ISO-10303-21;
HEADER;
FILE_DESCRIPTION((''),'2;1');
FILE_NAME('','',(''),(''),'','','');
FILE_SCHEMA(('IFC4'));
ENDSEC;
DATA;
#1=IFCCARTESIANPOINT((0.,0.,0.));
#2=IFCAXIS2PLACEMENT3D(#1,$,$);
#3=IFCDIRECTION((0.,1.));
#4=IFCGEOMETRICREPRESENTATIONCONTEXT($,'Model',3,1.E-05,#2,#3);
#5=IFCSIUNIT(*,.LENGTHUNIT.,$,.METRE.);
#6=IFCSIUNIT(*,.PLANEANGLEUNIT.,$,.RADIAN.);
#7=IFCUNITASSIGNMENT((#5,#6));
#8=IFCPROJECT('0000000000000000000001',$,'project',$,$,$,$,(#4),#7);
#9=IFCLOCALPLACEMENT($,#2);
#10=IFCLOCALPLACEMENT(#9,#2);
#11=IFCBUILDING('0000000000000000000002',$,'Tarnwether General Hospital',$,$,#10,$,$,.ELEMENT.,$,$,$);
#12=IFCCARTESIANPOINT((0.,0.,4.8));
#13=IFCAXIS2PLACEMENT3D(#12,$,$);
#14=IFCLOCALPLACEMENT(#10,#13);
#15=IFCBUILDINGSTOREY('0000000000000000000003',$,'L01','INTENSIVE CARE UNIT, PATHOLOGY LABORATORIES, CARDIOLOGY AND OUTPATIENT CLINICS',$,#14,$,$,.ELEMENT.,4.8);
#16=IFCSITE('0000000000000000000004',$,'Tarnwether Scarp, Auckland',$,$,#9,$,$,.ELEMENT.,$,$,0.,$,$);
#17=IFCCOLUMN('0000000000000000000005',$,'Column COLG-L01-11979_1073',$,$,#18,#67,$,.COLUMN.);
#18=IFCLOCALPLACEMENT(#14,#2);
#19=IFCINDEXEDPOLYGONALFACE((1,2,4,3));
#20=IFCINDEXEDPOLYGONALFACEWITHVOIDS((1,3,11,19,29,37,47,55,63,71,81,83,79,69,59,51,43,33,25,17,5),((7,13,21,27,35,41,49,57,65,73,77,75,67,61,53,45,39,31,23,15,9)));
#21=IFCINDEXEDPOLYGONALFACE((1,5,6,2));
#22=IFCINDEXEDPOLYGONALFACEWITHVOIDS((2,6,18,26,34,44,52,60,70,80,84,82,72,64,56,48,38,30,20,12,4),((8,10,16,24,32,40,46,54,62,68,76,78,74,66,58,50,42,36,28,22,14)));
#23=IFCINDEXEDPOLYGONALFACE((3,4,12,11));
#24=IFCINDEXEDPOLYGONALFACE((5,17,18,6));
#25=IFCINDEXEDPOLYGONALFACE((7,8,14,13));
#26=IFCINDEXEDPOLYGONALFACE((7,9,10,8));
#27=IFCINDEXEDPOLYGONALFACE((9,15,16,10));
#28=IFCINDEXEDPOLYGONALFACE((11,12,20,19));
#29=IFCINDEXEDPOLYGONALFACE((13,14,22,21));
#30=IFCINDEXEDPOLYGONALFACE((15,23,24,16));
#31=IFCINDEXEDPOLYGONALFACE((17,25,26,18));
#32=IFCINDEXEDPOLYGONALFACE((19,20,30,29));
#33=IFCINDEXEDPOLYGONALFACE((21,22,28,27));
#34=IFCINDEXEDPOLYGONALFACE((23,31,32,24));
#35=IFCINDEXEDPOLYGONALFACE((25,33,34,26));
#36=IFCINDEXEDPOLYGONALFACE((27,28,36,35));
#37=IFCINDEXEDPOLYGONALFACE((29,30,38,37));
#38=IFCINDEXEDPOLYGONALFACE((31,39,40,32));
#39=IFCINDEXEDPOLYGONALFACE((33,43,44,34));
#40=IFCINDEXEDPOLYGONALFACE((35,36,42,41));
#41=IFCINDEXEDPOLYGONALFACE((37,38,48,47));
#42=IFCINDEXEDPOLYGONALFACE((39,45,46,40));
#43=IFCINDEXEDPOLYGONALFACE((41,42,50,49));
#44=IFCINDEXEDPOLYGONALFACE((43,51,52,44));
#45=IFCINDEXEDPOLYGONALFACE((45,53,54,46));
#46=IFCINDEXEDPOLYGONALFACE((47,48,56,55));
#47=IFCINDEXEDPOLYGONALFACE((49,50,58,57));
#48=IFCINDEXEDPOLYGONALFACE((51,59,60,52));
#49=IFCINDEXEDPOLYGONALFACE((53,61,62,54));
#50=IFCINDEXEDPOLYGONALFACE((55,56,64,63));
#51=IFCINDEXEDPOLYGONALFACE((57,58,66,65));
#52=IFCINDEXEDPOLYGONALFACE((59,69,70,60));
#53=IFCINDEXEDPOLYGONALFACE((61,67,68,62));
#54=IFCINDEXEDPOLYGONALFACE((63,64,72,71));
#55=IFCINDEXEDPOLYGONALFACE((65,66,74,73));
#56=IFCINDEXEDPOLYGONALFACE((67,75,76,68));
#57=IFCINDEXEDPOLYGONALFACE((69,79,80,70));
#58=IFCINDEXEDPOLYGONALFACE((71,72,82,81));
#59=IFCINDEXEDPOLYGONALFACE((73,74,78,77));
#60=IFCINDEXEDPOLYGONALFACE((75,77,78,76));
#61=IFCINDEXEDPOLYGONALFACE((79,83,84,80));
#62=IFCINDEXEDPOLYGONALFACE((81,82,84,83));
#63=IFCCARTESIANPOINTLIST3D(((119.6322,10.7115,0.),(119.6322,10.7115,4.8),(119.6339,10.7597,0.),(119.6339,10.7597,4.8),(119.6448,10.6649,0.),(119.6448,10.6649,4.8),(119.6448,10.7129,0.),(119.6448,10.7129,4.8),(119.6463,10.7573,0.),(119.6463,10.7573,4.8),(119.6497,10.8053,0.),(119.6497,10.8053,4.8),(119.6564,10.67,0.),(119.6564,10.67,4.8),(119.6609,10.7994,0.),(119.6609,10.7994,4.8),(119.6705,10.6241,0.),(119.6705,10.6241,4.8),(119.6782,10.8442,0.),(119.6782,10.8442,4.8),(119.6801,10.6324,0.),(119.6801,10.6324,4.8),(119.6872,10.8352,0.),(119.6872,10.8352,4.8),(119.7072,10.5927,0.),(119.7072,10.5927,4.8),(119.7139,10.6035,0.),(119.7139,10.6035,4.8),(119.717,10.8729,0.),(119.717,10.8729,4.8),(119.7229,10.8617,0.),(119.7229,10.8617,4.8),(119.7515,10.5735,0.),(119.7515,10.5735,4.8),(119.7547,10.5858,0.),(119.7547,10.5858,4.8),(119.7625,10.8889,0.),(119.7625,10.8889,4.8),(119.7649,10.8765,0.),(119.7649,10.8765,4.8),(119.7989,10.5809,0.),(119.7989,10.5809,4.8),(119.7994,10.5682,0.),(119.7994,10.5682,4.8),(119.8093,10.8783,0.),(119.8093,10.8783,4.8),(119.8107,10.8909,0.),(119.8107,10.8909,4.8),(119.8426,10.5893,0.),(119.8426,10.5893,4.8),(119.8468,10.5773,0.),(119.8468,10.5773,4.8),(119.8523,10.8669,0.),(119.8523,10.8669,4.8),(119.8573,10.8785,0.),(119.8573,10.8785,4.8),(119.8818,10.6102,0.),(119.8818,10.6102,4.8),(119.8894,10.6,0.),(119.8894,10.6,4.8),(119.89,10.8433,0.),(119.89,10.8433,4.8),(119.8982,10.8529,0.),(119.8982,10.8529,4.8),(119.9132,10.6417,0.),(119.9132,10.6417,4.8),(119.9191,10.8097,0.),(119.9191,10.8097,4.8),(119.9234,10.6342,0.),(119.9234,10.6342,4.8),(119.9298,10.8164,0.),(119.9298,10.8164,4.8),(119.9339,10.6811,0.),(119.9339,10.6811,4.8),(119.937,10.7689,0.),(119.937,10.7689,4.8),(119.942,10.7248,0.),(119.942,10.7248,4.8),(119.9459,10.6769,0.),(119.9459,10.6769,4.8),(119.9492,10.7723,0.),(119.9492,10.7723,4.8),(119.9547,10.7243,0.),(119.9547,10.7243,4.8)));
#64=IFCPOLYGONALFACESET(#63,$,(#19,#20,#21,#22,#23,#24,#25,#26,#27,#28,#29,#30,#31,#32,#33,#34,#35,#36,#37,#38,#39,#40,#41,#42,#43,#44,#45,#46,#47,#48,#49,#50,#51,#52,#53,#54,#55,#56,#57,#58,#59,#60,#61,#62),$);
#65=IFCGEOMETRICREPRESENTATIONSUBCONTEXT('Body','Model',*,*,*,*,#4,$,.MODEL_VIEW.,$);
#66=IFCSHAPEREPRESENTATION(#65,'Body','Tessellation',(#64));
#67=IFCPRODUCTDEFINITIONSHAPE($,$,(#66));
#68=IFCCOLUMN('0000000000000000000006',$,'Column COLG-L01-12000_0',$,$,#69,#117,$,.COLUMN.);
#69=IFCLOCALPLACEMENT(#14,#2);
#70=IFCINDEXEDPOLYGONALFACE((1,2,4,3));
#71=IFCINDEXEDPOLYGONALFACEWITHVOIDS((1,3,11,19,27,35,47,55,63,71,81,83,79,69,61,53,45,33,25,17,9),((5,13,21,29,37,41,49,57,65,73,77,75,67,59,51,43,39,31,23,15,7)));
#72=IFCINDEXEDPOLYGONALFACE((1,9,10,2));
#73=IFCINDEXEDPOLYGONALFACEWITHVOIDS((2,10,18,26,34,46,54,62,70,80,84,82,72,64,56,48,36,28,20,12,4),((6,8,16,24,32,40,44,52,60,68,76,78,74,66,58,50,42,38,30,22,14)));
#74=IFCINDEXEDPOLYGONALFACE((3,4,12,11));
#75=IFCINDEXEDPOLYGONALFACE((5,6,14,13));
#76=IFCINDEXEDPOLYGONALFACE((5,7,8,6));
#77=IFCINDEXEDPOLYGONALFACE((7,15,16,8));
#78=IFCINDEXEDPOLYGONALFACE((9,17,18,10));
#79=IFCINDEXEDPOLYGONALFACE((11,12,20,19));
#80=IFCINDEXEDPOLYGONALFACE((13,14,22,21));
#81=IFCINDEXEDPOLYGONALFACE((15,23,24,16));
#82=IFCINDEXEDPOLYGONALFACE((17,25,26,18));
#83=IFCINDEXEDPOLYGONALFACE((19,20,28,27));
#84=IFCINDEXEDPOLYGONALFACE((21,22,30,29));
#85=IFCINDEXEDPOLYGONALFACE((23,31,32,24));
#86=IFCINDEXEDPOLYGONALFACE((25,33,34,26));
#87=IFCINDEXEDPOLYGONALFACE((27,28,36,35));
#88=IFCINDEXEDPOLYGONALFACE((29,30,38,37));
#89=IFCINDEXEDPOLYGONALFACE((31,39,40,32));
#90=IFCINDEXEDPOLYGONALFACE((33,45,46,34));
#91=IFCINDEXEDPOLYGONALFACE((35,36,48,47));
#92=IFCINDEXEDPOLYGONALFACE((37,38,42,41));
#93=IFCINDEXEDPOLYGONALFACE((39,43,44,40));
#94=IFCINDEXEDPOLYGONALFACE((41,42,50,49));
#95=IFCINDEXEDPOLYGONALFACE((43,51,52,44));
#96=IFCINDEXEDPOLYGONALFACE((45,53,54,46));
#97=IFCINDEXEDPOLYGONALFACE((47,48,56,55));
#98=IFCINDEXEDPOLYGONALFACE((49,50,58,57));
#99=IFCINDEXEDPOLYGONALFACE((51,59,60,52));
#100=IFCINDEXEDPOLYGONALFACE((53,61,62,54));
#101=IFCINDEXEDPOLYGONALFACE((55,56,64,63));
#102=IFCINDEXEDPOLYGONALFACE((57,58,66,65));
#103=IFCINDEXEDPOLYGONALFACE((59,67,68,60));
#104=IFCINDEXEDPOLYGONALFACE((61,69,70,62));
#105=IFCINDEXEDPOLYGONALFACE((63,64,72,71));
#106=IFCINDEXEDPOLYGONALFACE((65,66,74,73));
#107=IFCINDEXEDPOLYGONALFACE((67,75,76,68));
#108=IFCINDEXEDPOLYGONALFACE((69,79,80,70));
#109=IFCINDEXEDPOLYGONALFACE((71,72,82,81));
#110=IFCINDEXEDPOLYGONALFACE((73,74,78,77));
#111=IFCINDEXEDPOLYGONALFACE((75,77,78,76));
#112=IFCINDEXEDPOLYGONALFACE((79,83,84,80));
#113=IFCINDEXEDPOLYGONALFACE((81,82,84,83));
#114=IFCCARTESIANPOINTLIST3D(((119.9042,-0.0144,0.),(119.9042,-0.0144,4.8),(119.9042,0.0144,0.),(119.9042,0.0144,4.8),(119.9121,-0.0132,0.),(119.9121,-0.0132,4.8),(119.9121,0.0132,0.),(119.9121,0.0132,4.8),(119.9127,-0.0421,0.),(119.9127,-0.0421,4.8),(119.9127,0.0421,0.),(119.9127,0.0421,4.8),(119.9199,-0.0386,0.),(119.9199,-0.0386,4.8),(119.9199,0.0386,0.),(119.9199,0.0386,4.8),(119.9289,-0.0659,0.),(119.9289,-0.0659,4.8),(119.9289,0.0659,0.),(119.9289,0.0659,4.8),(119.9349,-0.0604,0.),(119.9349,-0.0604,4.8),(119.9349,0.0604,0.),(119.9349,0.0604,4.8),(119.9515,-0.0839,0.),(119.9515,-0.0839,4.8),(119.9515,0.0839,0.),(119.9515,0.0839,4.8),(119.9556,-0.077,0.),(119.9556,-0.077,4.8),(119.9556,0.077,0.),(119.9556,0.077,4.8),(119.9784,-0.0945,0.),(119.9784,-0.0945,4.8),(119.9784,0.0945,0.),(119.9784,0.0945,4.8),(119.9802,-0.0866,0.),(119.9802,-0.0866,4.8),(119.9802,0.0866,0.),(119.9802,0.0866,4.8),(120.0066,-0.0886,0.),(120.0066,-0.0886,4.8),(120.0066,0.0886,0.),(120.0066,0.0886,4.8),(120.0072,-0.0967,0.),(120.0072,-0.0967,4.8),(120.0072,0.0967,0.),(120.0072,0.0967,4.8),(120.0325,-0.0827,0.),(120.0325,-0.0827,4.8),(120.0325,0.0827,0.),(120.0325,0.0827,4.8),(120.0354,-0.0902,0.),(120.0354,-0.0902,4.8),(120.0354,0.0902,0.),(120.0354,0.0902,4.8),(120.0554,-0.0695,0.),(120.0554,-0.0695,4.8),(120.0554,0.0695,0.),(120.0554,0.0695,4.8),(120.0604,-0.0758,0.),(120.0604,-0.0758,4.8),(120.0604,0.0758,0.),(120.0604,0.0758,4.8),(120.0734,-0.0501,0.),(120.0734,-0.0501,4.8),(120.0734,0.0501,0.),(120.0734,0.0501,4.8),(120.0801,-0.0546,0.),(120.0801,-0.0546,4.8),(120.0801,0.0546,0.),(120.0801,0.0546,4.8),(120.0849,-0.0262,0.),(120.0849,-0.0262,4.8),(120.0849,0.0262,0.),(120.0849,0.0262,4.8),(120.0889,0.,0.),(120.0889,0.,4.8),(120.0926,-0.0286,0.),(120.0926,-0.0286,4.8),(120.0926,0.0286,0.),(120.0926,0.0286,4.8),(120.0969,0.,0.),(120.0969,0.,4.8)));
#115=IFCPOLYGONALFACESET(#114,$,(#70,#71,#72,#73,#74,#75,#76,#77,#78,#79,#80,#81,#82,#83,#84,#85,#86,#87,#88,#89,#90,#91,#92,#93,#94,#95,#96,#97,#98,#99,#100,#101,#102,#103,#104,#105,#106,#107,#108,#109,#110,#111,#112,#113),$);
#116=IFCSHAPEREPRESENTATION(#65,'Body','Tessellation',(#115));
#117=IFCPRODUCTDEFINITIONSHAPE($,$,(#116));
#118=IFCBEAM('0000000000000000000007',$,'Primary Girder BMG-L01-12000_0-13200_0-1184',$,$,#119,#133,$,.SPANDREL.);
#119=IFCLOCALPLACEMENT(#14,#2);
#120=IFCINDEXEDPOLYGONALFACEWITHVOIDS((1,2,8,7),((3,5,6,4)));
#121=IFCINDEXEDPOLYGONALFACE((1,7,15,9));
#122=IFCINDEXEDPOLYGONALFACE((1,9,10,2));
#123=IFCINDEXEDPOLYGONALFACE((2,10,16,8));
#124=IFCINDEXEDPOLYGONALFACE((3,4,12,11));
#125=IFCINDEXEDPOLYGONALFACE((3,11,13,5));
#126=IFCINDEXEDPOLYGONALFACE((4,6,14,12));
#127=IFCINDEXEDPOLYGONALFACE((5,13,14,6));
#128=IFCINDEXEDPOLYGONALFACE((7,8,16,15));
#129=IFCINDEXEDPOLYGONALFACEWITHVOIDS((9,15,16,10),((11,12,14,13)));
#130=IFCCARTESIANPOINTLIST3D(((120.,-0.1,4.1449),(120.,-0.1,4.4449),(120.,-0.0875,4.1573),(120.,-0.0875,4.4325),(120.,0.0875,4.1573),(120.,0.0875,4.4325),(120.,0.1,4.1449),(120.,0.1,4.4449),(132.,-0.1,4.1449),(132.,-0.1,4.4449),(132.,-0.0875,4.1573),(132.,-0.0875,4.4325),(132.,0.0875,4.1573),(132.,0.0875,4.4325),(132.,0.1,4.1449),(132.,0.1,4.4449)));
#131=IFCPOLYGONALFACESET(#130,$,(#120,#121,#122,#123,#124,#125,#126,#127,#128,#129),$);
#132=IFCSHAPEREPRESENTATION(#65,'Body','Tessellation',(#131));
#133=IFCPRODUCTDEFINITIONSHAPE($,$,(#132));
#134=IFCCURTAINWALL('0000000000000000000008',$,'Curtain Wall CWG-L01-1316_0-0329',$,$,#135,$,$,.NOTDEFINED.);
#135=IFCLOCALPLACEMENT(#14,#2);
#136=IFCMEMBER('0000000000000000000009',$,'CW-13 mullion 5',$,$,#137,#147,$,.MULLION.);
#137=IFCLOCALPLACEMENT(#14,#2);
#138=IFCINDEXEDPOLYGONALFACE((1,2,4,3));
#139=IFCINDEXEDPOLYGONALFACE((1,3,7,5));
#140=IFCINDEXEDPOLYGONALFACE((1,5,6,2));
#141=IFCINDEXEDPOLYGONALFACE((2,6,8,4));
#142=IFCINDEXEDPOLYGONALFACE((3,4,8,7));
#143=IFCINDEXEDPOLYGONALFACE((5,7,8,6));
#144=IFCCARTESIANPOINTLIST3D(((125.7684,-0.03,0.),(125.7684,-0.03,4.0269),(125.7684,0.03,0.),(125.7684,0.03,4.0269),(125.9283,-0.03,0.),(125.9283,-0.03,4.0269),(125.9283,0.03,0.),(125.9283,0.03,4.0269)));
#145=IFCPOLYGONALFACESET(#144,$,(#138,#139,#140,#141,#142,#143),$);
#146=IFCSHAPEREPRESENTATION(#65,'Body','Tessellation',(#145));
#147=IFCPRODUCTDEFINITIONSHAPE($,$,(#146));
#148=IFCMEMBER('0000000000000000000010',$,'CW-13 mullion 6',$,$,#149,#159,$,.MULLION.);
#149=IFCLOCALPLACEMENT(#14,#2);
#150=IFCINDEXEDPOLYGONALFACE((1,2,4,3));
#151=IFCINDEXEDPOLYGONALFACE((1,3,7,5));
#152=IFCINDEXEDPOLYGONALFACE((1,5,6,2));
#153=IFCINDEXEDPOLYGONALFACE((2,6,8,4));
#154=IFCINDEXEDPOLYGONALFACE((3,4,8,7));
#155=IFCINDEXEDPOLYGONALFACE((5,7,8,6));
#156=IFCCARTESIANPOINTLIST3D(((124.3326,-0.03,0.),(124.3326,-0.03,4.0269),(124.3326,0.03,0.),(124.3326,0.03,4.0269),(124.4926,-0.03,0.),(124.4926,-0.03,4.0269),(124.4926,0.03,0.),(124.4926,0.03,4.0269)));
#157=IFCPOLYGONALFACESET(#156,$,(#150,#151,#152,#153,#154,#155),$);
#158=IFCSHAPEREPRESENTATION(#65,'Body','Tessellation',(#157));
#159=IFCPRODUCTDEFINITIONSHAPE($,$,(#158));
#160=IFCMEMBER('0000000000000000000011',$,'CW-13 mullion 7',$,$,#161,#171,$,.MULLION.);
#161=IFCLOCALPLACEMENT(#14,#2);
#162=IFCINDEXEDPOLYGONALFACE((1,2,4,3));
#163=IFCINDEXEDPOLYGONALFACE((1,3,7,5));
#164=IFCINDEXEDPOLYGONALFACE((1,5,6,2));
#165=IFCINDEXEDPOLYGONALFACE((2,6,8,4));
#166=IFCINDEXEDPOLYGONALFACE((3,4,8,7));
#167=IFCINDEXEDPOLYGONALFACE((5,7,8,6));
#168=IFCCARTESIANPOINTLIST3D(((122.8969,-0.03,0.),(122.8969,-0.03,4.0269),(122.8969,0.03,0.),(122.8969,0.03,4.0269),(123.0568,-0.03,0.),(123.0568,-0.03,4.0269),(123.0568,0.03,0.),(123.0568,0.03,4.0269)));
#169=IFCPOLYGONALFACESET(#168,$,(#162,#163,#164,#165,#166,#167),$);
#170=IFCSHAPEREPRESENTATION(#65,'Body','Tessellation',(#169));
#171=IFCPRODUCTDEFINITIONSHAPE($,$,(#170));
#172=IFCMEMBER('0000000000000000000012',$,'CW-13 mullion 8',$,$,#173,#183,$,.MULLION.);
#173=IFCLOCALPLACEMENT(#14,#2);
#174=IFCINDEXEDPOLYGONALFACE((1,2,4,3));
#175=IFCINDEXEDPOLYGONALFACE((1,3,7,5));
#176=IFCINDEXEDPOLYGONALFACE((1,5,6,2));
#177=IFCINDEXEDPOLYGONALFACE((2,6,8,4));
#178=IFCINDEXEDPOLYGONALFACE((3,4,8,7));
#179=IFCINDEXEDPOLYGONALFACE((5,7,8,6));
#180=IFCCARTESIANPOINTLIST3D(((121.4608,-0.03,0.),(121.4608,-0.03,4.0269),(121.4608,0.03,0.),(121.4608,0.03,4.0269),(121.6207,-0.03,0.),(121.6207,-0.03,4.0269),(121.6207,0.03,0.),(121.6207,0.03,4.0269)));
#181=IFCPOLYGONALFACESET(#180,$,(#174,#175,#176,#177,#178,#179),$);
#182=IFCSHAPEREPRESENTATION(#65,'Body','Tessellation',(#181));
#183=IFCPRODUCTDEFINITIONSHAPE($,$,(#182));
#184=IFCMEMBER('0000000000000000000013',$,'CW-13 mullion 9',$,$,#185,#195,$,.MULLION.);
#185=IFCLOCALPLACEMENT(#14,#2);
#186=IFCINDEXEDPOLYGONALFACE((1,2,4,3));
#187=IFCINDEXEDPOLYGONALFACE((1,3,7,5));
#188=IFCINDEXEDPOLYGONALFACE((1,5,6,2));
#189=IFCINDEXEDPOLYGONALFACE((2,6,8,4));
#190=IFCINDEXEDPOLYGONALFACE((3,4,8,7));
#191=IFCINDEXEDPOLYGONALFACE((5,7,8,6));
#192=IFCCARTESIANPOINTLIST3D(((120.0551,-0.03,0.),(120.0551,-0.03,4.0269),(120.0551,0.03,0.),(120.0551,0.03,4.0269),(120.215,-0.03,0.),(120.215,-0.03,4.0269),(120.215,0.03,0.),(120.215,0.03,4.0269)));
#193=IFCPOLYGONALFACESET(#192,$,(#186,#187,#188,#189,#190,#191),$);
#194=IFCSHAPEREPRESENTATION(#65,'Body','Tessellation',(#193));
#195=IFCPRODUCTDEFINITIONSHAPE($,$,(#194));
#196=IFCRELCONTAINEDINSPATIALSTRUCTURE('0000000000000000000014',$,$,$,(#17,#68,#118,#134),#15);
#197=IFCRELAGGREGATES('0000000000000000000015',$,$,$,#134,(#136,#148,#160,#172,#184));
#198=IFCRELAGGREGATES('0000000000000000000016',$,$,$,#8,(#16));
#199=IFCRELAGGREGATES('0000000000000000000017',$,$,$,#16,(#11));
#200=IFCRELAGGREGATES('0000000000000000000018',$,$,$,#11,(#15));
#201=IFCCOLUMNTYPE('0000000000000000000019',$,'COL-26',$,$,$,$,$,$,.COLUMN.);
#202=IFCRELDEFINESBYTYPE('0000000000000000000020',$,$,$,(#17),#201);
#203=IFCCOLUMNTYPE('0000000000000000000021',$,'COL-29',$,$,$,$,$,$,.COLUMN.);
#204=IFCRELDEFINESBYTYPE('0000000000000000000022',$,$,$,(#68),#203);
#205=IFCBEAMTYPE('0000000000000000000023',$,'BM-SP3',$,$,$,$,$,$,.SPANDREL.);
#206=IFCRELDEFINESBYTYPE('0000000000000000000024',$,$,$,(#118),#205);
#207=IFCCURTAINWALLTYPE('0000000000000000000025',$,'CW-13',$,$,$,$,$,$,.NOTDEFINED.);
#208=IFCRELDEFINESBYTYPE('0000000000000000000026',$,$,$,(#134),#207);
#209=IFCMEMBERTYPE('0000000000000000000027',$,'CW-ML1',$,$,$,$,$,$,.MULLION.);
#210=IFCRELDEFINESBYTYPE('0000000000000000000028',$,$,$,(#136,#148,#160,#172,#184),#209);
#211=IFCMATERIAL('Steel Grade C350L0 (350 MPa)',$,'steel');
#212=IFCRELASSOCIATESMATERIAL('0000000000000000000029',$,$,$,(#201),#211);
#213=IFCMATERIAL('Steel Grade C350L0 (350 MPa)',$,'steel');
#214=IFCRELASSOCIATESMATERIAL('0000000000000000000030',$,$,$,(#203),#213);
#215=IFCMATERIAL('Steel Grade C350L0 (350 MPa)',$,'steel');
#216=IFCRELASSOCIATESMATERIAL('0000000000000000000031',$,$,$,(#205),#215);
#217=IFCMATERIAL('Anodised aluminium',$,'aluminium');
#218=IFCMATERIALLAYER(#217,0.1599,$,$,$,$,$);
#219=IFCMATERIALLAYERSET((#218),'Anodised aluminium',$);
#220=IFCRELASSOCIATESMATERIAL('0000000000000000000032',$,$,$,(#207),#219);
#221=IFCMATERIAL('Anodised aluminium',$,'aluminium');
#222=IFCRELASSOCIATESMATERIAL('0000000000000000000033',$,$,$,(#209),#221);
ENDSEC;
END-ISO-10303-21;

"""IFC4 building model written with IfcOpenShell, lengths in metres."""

from ifc_helpers import new_model, si_unit, direction, frame, origin, origin_2d, place, context, subcontext, project, spatial, rectangle, hollow_rectangle, hollow_circle, extrude, material, layer, layer_set, material_profile, profile_set, type_object, element, aggregate, save


model = new_model("IFC4")

# Units and contexts
model_context = context("Model", 3, precision=1e-05, world=origin(), true_north=direction((0.0, 1.0)))
body_context = subcontext(model_context, "Body", "Model", "MODEL_VIEW")
ifc_project = project(units=[si_unit("LENGTHUNIT", "METRE"), si_unit("PLANEANGLEUNIT", "RADIAN")], contexts=[model_context])

# Site, building, storey
site_placement = place(None, origin())
site = spatial("IfcSite", under=ifc_project, at=site_placement, Name="Tarnwether Scarp, Auckland", CompositionType="ELEMENT", RefElevation=0.0)
building_placement = place(site_placement, origin())
building = spatial("IfcBuilding", under=site, at=building_placement, Name="Tarnwether General Hospital", CompositionType="ELEMENT")
storey_placement = place(building_placement, frame((0.0, 0.0, 4.8)))
storey = spatial("IfcBuildingStorey", under=building, at=storey_placement, Name="L01", Description="INTENSIVE CARE UNIT, PATHOLOGY LABORATORIES, CARDIOLOGY AND OUTPATIENT CLINICS", CompositionType="ELEMENT", Elevation=4.8)

# Columns
ifc_material_1 = material(Name="Steel Grade C350L0 (350 MPa)", Category="steel")
ifc_material_profile_1 = material_profile(ifc_material_1, hollow_circle(Radius=0.1619, WallThickness=0.0127, at=origin_2d()), Name="CHS323.9x12.7")
ifc_profile_set_1 = profile_set([ifc_material_profile_1], Name="Steel Grade C350L0 (350 MPa)")
column_type_1 = type_object("IfcColumnType", Name="COL-26", PredefinedType="COLUMN", material=ifc_profile_set_1)
column_1_placement = place(storey_placement, frame((119.793, 10.73, 0.0), z_axis=(0.0, 0.0, 1.0), x_axis=(-0.469472, 0.882948, 0.0)))
element("IfcColumn", 1, at=column_1_placement, inside=storey, type_object=column_type_1, Name="Column COLG-L01-11979_1073", PredefinedType="COLUMN", context=body_context, shape_type="SweptSolid", body=[
    extrude(hollow_circle(Radius=0.1619, WallThickness=0.0127, at=origin_2d()), origin(), (0.0, 0.0, 1.0), 4.8),
])
ifc_material_2 = material(Name="Steel Grade C350L0 (350 MPa)", Category="steel")
ifc_material_profile_2 = material_profile(ifc_material_2, hollow_circle(Radius=0.0969, WallThickness=0.0081, at=origin_2d()), Name="CHS193.7x8.0")
ifc_profile_set_2 = profile_set([ifc_material_profile_2], Name="Steel Grade C350L0 (350 MPa)")
column_type_2 = type_object("IfcColumnType", Name="COL-29", PredefinedType="COLUMN", material=ifc_profile_set_2)
column_2_placement = place(storey_placement, frame((120.0, 0.0, 0.0), z_axis=(0.0, 0.0, 1.0), x_axis=(1.0, 0.0, 0.0)))
element("IfcColumn", 2, at=column_2_placement, inside=storey, type_object=column_type_2, Name="Column COLG-L01-12000_0", PredefinedType="COLUMN", context=body_context, shape_type="SweptSolid", body=[
    extrude(hollow_circle(Radius=0.0969, WallThickness=0.0081, at=origin_2d()), origin(), (0.0, 0.0, 1.0), 4.8),
])

# Beam
ifc_material_3 = material(Name="Steel Grade C350L0 (350 MPa)", Category="steel")
ifc_material_profile_3 = material_profile(ifc_material_3, hollow_rectangle(XDim=0.2, YDim=0.3, WallThickness=0.0125, at=origin_2d()), Name="RHS300x200x12.5")
ifc_profile_set_3 = profile_set([ifc_material_profile_3], Name="Steel Grade C350L0 (350 MPa)")
beam_type = type_object("IfcBeamType", Name="BM-SP3", PredefinedType="SPANDREL", material=ifc_profile_set_3)
beam_placement = place(storey_placement, frame((120.0, 0.0, 4.2949), z_axis=(1.0, 0.0, 0.0), x_axis=(0.0, 1.0, 0.0)))
element("IfcBeam", 3, at=beam_placement, inside=storey, type_object=beam_type, Name="Primary Girder BMG-L01-12000_0-13200_0-1184", PredefinedType="SPANDREL", context=body_context, shape_type="SweptSolid", body=[
    extrude(hollow_rectangle(XDim=0.2, YDim=0.3, WallThickness=0.0125, at=origin_2d()), origin(), (0.0, 0.0, 1.0), 12.0),
])

# Curtain wall, members
ifc_material_4 = material(Name="Anodised aluminium", Category="aluminium")
ifc_layer_1 = layer(ifc_material_4, 0.1599)
ifc_layer_set_1 = layer_set([ifc_layer_1], Name="Anodised aluminium")
curtain_wall_type = type_object("IfcCurtainWallType", Name="CW-13", PredefinedType="NOTDEFINED", material=ifc_layer_set_1)
curtain_wall_1_placement = place(storey_placement, origin())
curtain_wall_1 = element("IfcCurtainWall", 4, at=curtain_wall_1_placement, inside=storey, type_object=curtain_wall_type, Name="Curtain Wall CWG-L01-1316_0-0329", PredefinedType="NOTDEFINED")
ifc_material_5 = material(Name="Anodised aluminium", Category="aluminium")
ifc_material_profile_4 = material_profile(ifc_material_5, rectangle(XDim=0.0601, YDim=0.1599, at=origin_2d()), Name="ALU-MUL-60x160")
ifc_profile_set_4 = profile_set([ifc_material_profile_4], Name="Anodised aluminium")
member_type_1 = type_object("IfcMemberType", Name="CW-ML1", PredefinedType="MULLION", material=ifc_profile_set_4)
member_1_placement = place(storey_placement, frame((125.8484, 0.0, 0.0), z_axis=(0.0, 0.0, 1.0), x_axis=(0.0, -1.0, 0.0)))
member_1 = element("IfcMember", 5, at=member_1_placement, type_object=member_type_1, Name="CW-13 mullion 5", PredefinedType="MULLION", context=body_context, shape_type="SweptSolid", body=[
    extrude(rectangle(XDim=0.0601, YDim=0.1599, at=origin_2d()), origin(), (0.0, 0.0, 1.0), 4.0269),
])
member_2_placement = place(storey_placement, frame((124.4126, 0.0, 0.0), z_axis=(0.0, 0.0, 1.0), x_axis=(0.0, -1.0, 0.0)))
member_2 = element("IfcMember", 6, at=member_2_placement, type_object=member_type_1, Name="CW-13 mullion 6", PredefinedType="MULLION", context=body_context, shape_type="SweptSolid", body=[
    extrude(rectangle(XDim=0.0601, YDim=0.1599, at=origin_2d()), origin(), (0.0, 0.0, 1.0), 4.0269),
])
member_3_placement = place(storey_placement, frame((122.9768, 0.0, 0.0), z_axis=(0.0, 0.0, 1.0), x_axis=(0.0, -1.0, 0.0)))
member_3 = element("IfcMember", 7, at=member_3_placement, type_object=member_type_1, Name="CW-13 mullion 7", PredefinedType="MULLION", context=body_context, shape_type="SweptSolid", body=[
    extrude(rectangle(XDim=0.0601, YDim=0.1599, at=origin_2d()), origin(), (0.0, 0.0, 1.0), 4.0269),
])
member_4_placement = place(storey_placement, frame((121.5408, 0.0, 0.0), z_axis=(0.0, 0.0, 1.0), x_axis=(0.0, -1.0, 0.0)))
member_4 = element("IfcMember", 8, at=member_4_placement, type_object=member_type_1, Name="CW-13 mullion 8", PredefinedType="MULLION", context=body_context, shape_type="SweptSolid", body=[
    extrude(rectangle(XDim=0.0601, YDim=0.1599, at=origin_2d()), origin(), (0.0, 0.0, 1.0), 4.0269),
])
member_5_placement = place(storey_placement, frame((120.135, 0.0, 0.0), z_axis=(0.0, 0.0, 1.0), x_axis=(0.0, -1.0, 0.0)))
member_5 = element("IfcMember", 9, at=member_5_placement, type_object=member_type_1, Name="CW-13 mullion 9", PredefinedType="MULLION", context=body_context, shape_type="SweptSolid", body=[
    extrude(rectangle(XDim=0.0601, YDim=0.1599, at=origin_2d()), origin(), (0.0, 0.0, 1.0), 4.0269),
])

aggregate(curtain_wall_1, [member_1, member_2, member_3, member_4, member_5])

save(model, "model.ifc")
